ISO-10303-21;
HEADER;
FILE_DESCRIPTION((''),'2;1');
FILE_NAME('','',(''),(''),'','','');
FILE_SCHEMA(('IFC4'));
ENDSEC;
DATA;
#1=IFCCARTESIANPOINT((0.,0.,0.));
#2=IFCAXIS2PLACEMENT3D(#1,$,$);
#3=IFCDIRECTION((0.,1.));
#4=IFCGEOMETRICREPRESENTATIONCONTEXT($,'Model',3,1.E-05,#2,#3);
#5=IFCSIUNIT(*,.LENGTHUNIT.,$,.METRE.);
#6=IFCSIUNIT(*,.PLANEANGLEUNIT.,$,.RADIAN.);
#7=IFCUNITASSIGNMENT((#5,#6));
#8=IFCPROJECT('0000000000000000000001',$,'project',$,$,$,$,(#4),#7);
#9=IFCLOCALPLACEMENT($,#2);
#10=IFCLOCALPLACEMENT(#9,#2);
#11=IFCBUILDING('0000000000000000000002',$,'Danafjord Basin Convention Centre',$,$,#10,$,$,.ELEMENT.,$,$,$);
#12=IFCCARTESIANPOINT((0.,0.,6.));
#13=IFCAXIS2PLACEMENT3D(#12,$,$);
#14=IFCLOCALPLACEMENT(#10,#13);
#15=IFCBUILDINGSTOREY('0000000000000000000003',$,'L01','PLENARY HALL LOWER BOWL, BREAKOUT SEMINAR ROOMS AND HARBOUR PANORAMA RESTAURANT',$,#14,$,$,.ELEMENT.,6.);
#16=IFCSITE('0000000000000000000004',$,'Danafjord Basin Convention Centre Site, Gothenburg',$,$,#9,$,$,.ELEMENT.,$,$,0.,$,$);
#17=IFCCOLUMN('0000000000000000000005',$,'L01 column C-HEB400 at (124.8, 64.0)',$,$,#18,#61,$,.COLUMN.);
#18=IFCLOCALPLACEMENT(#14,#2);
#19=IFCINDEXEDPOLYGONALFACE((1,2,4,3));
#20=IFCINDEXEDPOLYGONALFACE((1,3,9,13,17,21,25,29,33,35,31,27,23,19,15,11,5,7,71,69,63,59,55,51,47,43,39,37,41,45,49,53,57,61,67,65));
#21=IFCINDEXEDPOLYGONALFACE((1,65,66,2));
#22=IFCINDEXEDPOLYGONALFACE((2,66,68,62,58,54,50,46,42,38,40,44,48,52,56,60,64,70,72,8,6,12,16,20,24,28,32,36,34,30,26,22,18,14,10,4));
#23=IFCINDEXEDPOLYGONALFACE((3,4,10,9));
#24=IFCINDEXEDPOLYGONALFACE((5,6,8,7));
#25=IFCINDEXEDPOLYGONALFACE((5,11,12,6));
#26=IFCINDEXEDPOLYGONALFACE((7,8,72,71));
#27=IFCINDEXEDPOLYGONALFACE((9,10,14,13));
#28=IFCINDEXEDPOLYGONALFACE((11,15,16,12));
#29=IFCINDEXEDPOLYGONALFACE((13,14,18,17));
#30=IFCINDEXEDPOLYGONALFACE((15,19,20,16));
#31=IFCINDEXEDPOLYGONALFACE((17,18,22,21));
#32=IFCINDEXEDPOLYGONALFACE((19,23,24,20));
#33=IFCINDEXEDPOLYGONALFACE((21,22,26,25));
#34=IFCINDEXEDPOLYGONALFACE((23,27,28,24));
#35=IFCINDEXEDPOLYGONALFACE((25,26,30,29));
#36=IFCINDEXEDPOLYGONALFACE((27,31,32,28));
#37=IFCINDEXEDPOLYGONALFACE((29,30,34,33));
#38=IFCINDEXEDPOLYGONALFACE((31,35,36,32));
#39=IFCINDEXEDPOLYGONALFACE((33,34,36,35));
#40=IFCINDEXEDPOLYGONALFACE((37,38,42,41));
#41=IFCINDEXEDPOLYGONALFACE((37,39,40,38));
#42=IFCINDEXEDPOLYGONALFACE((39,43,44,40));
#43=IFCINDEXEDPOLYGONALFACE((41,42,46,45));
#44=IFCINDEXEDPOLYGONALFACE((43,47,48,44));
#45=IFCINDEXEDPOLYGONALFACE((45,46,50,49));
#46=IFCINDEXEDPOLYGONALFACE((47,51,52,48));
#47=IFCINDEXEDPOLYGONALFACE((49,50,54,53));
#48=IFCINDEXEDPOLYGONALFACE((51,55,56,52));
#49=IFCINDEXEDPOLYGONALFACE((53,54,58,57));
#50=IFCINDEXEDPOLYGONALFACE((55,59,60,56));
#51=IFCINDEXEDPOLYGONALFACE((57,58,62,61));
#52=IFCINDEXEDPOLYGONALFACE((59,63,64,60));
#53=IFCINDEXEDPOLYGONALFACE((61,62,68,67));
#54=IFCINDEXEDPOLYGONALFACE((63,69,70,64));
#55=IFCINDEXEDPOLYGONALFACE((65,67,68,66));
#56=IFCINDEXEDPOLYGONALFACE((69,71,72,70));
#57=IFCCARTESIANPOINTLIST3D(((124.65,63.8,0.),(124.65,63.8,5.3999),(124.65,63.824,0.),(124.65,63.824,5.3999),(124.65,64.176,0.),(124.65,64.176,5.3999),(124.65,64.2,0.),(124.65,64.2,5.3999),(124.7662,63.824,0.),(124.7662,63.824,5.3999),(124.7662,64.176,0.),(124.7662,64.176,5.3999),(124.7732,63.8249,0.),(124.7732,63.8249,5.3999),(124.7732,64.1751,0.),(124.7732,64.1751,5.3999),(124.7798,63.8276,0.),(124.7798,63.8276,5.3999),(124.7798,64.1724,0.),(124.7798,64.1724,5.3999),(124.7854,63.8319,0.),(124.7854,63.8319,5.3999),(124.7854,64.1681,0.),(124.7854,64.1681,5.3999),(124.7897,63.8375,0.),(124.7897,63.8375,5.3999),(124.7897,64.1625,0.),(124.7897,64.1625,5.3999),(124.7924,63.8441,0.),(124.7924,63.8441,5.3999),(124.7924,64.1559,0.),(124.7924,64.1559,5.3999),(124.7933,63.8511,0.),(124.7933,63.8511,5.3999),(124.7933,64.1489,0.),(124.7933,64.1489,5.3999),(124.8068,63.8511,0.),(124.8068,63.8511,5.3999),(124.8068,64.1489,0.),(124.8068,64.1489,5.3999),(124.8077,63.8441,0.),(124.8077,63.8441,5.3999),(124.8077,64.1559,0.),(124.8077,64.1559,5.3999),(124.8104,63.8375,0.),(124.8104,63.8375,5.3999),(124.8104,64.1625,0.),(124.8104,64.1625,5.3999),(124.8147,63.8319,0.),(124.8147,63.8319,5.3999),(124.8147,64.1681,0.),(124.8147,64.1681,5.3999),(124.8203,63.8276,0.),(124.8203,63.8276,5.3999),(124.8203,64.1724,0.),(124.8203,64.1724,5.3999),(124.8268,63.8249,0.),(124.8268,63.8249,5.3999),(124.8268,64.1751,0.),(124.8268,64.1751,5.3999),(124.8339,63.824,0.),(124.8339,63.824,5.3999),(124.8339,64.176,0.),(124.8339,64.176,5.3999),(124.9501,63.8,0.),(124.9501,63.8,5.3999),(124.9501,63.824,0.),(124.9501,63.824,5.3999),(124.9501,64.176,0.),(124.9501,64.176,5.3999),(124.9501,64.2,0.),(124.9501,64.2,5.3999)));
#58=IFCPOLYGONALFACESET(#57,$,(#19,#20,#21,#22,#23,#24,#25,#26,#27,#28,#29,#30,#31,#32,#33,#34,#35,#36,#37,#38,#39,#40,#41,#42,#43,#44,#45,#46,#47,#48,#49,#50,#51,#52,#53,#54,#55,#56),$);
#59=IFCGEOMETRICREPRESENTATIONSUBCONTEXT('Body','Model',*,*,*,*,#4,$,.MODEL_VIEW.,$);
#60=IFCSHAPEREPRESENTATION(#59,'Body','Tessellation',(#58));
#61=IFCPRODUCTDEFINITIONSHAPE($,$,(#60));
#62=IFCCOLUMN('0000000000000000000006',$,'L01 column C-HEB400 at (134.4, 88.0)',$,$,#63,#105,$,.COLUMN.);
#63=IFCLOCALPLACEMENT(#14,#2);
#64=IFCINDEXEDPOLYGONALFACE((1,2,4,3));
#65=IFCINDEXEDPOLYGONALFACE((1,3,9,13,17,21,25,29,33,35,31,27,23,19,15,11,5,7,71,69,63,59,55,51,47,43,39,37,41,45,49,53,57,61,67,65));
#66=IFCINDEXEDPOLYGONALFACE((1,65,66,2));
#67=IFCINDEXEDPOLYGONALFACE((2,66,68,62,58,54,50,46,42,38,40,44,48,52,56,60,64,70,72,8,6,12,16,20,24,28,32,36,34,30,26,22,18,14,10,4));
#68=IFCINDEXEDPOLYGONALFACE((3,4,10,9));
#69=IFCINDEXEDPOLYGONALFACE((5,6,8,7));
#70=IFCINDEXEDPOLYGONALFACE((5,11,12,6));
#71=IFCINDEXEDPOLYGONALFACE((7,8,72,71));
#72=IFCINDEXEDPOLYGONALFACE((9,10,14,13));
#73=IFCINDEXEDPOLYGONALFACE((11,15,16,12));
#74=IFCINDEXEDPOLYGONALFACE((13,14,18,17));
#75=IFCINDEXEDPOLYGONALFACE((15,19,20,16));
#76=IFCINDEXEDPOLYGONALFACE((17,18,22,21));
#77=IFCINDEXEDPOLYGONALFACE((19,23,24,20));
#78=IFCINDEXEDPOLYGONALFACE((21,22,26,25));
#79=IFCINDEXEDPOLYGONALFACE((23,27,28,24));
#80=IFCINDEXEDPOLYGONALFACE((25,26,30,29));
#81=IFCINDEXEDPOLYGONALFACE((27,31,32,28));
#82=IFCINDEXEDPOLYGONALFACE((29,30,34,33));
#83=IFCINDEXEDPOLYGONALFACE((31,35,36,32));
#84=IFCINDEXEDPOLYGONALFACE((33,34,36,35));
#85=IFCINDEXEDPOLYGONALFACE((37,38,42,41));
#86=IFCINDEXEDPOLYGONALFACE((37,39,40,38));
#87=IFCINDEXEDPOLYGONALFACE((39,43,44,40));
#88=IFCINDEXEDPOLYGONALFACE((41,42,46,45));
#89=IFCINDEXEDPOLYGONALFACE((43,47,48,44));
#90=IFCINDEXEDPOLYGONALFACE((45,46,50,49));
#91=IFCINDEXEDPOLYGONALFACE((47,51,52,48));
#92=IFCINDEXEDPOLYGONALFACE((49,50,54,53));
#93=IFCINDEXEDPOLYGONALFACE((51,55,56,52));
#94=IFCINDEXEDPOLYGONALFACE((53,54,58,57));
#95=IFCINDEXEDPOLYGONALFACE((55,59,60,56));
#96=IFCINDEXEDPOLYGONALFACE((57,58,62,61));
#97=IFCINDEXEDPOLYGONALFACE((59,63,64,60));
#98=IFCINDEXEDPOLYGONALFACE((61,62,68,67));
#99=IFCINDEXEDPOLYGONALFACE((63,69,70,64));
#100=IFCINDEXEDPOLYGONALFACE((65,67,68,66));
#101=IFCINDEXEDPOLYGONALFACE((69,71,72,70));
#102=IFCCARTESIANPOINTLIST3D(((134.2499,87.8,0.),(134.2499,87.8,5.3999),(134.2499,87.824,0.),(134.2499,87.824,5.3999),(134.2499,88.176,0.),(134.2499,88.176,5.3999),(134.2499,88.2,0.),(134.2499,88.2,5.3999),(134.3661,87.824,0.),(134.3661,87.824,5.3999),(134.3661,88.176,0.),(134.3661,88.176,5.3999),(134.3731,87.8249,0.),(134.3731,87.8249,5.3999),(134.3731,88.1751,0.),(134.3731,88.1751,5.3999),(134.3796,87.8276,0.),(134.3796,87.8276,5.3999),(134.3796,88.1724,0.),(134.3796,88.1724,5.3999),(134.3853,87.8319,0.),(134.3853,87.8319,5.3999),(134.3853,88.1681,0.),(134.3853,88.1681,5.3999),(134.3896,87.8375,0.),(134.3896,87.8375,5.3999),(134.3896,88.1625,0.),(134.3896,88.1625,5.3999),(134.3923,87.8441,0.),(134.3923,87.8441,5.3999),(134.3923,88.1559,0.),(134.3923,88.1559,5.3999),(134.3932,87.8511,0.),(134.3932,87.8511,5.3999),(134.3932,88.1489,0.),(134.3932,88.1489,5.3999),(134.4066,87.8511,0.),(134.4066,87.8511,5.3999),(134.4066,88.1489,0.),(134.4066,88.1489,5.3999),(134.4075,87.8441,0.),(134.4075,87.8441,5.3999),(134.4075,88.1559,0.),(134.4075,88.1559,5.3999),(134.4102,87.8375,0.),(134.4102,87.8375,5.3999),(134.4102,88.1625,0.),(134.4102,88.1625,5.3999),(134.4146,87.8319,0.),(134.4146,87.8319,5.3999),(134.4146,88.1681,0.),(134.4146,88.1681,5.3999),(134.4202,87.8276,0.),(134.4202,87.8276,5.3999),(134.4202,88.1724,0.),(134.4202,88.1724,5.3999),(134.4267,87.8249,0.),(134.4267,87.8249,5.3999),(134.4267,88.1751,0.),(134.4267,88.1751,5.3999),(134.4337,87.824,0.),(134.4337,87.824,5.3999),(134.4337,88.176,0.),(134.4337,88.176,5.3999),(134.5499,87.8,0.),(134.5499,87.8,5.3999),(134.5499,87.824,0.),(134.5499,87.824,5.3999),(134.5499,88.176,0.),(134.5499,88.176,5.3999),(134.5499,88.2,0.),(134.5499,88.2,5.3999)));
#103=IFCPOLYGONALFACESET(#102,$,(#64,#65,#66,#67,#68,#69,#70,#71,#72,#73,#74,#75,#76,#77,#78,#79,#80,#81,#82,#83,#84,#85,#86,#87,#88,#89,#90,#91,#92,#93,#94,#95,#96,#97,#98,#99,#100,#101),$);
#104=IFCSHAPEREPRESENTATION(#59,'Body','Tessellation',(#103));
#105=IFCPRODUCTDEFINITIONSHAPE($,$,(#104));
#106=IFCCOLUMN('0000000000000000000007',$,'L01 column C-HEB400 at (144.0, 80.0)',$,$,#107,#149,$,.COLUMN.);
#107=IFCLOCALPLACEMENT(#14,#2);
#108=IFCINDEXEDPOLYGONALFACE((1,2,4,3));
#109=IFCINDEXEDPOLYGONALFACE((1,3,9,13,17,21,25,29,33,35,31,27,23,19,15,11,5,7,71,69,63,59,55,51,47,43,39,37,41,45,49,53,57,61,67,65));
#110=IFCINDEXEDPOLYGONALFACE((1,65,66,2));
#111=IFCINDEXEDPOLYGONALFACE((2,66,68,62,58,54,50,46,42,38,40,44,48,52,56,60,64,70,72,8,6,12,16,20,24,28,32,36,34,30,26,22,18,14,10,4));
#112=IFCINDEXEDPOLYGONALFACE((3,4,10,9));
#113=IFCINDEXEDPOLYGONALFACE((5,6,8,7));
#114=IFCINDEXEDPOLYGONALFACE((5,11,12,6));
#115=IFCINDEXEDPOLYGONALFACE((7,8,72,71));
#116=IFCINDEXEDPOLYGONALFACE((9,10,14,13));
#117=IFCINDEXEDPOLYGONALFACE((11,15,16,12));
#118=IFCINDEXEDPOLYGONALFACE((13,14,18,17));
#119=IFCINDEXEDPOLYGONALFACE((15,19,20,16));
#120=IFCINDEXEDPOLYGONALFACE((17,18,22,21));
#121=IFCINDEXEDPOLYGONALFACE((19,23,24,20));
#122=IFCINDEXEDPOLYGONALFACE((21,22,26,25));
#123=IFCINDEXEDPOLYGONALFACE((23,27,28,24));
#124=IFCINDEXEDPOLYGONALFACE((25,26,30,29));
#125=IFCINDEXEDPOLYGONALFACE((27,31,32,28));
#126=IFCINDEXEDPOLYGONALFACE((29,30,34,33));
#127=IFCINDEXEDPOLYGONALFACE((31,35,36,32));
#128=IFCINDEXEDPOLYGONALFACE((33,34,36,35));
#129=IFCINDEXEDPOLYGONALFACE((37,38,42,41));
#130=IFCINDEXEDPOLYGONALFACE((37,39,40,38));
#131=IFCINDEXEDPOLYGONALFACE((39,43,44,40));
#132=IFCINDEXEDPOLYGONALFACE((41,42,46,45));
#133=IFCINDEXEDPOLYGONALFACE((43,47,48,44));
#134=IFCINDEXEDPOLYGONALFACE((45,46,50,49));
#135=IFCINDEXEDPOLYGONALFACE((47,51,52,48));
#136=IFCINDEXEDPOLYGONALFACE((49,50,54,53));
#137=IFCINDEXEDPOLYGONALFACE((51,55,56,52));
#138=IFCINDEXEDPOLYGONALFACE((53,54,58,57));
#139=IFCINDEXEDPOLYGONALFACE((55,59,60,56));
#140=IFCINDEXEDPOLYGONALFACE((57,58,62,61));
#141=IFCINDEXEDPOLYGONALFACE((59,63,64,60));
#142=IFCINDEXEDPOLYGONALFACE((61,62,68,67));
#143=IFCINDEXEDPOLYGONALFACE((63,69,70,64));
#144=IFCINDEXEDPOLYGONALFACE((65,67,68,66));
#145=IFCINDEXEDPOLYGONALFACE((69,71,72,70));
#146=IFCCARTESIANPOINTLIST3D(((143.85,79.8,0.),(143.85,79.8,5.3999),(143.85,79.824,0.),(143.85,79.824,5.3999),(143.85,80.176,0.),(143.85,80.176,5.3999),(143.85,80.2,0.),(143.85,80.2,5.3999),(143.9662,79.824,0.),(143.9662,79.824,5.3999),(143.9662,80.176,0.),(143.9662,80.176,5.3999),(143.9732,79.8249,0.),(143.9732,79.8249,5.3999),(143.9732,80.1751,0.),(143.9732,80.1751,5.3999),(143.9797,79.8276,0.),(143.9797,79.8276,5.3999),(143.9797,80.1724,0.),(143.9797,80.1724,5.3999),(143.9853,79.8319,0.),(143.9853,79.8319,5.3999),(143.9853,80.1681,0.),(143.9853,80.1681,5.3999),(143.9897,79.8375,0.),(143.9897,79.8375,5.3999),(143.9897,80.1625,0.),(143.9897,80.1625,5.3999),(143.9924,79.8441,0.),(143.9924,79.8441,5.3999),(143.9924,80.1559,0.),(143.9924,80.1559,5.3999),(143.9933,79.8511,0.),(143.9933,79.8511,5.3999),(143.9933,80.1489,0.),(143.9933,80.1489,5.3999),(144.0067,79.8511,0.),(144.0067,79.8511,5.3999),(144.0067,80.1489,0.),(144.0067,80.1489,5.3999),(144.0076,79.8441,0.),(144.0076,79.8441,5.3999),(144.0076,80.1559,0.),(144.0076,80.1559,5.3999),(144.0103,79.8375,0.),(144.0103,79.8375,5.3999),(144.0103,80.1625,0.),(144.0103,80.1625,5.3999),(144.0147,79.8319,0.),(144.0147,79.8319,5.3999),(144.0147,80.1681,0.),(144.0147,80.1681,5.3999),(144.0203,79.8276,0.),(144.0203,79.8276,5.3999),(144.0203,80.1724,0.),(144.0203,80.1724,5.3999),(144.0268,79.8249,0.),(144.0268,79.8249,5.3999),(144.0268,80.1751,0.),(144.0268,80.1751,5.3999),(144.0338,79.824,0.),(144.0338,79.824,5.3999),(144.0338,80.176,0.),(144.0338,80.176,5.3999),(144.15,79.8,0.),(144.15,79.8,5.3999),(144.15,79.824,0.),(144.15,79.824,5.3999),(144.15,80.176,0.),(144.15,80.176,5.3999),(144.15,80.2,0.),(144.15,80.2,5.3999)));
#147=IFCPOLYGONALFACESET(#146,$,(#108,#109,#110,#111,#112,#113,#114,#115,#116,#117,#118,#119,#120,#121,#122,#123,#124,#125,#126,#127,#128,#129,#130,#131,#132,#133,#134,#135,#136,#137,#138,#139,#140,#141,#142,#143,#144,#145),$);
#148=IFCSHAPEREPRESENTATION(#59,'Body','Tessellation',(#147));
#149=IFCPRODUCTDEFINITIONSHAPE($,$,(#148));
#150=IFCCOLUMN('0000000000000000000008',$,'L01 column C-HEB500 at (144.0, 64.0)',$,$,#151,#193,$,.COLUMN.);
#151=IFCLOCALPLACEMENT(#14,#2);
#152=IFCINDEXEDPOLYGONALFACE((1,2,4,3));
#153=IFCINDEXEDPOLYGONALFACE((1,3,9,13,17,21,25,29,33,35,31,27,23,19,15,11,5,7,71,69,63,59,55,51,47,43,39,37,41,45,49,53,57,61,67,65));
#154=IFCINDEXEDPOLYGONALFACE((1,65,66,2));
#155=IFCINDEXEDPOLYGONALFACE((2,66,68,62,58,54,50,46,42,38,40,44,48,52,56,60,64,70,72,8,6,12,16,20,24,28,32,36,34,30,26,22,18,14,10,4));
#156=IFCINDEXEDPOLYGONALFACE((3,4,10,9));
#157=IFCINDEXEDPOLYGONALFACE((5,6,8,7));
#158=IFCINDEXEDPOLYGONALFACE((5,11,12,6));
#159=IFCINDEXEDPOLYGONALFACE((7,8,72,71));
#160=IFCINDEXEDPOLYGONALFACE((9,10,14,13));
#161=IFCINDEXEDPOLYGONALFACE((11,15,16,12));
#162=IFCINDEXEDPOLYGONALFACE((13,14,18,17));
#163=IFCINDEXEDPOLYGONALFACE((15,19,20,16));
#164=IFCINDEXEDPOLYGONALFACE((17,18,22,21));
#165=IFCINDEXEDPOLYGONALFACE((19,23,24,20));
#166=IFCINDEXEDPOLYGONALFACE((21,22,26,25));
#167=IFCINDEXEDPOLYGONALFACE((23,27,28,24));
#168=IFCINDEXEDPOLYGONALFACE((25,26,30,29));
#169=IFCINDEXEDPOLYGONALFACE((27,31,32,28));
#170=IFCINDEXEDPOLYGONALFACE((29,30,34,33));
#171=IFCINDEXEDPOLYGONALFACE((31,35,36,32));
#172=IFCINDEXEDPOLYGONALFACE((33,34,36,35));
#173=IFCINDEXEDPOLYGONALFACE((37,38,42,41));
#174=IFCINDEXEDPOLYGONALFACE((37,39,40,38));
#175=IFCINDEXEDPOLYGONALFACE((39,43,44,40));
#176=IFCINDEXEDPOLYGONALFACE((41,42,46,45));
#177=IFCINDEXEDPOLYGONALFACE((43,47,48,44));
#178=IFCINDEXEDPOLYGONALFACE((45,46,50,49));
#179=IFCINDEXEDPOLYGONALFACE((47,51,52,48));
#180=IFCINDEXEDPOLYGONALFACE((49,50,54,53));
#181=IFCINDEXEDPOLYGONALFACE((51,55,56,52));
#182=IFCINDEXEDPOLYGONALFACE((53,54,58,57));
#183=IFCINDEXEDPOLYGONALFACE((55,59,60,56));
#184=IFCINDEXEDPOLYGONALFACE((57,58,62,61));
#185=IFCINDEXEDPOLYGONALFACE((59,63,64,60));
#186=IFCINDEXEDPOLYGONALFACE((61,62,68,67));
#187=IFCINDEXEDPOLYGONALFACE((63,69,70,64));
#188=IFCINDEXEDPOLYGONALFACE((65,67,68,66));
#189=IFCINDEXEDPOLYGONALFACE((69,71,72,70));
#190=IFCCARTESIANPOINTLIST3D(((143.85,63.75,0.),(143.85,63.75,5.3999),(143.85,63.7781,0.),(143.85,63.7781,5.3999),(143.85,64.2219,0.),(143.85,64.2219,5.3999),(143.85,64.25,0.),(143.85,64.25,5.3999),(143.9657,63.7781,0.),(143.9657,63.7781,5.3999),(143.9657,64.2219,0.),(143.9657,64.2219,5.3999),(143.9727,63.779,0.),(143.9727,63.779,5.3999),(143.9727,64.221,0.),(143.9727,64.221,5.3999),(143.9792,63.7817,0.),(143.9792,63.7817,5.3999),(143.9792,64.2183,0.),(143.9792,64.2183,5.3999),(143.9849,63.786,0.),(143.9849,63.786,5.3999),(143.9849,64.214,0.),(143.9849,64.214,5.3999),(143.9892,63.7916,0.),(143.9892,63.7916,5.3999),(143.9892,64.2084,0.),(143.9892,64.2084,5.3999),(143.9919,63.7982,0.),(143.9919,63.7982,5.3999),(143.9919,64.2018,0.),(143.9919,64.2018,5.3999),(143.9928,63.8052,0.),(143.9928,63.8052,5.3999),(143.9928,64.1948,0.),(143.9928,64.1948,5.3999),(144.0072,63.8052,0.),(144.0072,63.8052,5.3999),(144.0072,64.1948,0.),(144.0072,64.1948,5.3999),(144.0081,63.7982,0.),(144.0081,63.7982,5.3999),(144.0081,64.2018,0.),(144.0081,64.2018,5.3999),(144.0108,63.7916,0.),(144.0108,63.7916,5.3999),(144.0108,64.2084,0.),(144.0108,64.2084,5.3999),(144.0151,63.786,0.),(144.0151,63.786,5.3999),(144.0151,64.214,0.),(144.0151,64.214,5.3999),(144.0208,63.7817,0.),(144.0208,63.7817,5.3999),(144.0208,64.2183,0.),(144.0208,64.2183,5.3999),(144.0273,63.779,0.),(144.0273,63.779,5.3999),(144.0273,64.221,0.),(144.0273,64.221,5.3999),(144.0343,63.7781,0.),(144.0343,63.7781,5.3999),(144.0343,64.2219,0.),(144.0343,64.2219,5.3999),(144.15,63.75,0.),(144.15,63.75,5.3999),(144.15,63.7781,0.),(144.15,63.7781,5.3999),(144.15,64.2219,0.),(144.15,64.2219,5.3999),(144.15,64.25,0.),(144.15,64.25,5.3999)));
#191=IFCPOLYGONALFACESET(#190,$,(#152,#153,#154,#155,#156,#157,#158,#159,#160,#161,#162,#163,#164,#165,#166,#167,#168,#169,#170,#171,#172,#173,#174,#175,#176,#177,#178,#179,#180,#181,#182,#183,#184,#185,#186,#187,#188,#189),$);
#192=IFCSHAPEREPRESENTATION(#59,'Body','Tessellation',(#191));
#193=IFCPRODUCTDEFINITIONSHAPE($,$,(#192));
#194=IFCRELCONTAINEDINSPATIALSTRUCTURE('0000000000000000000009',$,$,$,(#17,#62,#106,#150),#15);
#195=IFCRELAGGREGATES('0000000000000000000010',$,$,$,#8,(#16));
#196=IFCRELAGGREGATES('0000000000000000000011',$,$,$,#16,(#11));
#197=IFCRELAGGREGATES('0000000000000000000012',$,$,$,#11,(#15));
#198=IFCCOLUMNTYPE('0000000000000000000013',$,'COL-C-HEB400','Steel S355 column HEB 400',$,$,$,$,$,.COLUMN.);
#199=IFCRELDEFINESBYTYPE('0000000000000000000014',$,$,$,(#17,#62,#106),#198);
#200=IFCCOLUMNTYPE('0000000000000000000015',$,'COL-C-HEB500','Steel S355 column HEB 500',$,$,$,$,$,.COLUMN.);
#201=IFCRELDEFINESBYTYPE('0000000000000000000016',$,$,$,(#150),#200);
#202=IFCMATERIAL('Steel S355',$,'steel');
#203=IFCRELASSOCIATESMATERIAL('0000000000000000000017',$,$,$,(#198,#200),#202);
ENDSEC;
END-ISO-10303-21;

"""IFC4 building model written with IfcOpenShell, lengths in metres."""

from ifc_helpers import new_model, si_unit, direction, frame, origin, origin_2d, place, context, subcontext, project, spatial, i_section, extrude, material, material_profile, profile_set, type_object, element, save


model = new_model("IFC4")

# Units and contexts
model_context = context("Model", 3, precision=1e-05, world=origin(), true_north=direction((0.0, 1.0)))
body_context = subcontext(model_context, "Body", "Model", "MODEL_VIEW")
ifc_project = project(units=[si_unit("LENGTHUNIT", "METRE"), si_unit("PLANEANGLEUNIT", "RADIAN")], contexts=[model_context])

# Site, building, storey
site_placement = place(None, origin())
site = spatial("IfcSite", under=ifc_project, at=site_placement, Name="Danafjord Basin Convention Centre Site, Gothenburg", CompositionType="ELEMENT", RefElevation=0.0)
building_placement = place(site_placement, origin())
building = spatial("IfcBuilding", under=site, at=building_placement, Name="Danafjord Basin Convention Centre", CompositionType="ELEMENT")
storey_placement = place(building_placement, frame((0.0, 0.0, 6.0)))
storey = spatial("IfcBuildingStorey", under=building, at=storey_placement, Name="L01", Description="PLENARY HALL LOWER BOWL, BREAKOUT SEMINAR ROOMS AND HARBOUR PANORAMA RESTAURANT", CompositionType="ELEMENT", Elevation=6.0)

# Columns
ifc_material_1 = material(Name="Steel S355", Category="steel")
ifc_material_profile_1 = material_profile(ifc_material_1, i_section(OverallWidth=0.3, OverallDepth=0.3999, WebThickness=0.0134, FlangeThickness=0.0239, FilletRadius=0.0271, at=origin_2d()), Name="HEB 400")
ifc_profile_set_1 = profile_set([ifc_material_profile_1], Name="Steel S355")
column_type_1 = type_object("IfcColumnType", Name="COL-C-HEB400", Description="Steel S355 column HEB 400", PredefinedType="COLUMN", material=ifc_profile_set_1)
for number, where, z_axis, x_axis, name in (
    (1, (124.8, 64.0, 0.0), (0.0, 0.0, 1.0), (1.0, 0.0, 0.0), "L01 column C-HEB400 at (124.8, 64.0)"),
    (2, (134.3999, 88.0, 0.0), (0.0, 0.0, 1.0), (1.0, 0.0, 0.0), "L01 column C-HEB400 at (134.4, 88.0)"),
    (3, (144.0, 80.0, 0.0), (0.0, 0.0, 1.0), (1.0, 0.0, 0.0), "L01 column C-HEB400 at (144.0, 80.0)"),
):
    element("IfcColumn", number, at=place(storey_placement, frame(where, z_axis=z_axis, x_axis=x_axis)), inside=storey, type_object=column_type_1, Name=name, PredefinedType="COLUMN", context=body_context, shape_type="SweptSolid", body=[
        extrude(i_section(OverallWidth=0.3, OverallDepth=0.3999, WebThickness=0.0134, FlangeThickness=0.0239, FilletRadius=0.0271, at=origin_2d()), origin(), (0.0, 0.0, 1.0), 5.3999),
    ])
ifc_material_profile_2 = material_profile(ifc_material_1, i_section(OverallWidth=0.3, OverallDepth=0.5, WebThickness=0.0144, FlangeThickness=0.0281, FilletRadius=0.0271, at=origin_2d()), Name="HEB 500")
ifc_profile_set_2 = profile_set([ifc_material_profile_2], Name="Steel S355")
column_type_2 = type_object("IfcColumnType", Name="COL-C-HEB500", Description="Steel S355 column HEB 500", PredefinedType="COLUMN", material=ifc_profile_set_2)
for number, where, z_axis, x_axis, name in (
    (4, (144.0, 64.0, 0.0), (0.0, 0.0, 1.0), (1.0, 0.0, 0.0), "L01 column C-HEB500 at (144.0, 64.0)"),
):
    element("IfcColumn", number, at=place(storey_placement, frame(where, z_axis=z_axis, x_axis=x_axis)), inside=storey, type_object=column_type_2, Name=name, PredefinedType="COLUMN", context=body_context, shape_type="SweptSolid", body=[
        extrude(i_section(OverallWidth=0.3, OverallDepth=0.5, WebThickness=0.0144, FlangeThickness=0.0281, FilletRadius=0.0271, at=origin_2d()), origin(), (0.0, 0.0, 1.0), 5.3999),
    ])

save(model, "model.ifc")
